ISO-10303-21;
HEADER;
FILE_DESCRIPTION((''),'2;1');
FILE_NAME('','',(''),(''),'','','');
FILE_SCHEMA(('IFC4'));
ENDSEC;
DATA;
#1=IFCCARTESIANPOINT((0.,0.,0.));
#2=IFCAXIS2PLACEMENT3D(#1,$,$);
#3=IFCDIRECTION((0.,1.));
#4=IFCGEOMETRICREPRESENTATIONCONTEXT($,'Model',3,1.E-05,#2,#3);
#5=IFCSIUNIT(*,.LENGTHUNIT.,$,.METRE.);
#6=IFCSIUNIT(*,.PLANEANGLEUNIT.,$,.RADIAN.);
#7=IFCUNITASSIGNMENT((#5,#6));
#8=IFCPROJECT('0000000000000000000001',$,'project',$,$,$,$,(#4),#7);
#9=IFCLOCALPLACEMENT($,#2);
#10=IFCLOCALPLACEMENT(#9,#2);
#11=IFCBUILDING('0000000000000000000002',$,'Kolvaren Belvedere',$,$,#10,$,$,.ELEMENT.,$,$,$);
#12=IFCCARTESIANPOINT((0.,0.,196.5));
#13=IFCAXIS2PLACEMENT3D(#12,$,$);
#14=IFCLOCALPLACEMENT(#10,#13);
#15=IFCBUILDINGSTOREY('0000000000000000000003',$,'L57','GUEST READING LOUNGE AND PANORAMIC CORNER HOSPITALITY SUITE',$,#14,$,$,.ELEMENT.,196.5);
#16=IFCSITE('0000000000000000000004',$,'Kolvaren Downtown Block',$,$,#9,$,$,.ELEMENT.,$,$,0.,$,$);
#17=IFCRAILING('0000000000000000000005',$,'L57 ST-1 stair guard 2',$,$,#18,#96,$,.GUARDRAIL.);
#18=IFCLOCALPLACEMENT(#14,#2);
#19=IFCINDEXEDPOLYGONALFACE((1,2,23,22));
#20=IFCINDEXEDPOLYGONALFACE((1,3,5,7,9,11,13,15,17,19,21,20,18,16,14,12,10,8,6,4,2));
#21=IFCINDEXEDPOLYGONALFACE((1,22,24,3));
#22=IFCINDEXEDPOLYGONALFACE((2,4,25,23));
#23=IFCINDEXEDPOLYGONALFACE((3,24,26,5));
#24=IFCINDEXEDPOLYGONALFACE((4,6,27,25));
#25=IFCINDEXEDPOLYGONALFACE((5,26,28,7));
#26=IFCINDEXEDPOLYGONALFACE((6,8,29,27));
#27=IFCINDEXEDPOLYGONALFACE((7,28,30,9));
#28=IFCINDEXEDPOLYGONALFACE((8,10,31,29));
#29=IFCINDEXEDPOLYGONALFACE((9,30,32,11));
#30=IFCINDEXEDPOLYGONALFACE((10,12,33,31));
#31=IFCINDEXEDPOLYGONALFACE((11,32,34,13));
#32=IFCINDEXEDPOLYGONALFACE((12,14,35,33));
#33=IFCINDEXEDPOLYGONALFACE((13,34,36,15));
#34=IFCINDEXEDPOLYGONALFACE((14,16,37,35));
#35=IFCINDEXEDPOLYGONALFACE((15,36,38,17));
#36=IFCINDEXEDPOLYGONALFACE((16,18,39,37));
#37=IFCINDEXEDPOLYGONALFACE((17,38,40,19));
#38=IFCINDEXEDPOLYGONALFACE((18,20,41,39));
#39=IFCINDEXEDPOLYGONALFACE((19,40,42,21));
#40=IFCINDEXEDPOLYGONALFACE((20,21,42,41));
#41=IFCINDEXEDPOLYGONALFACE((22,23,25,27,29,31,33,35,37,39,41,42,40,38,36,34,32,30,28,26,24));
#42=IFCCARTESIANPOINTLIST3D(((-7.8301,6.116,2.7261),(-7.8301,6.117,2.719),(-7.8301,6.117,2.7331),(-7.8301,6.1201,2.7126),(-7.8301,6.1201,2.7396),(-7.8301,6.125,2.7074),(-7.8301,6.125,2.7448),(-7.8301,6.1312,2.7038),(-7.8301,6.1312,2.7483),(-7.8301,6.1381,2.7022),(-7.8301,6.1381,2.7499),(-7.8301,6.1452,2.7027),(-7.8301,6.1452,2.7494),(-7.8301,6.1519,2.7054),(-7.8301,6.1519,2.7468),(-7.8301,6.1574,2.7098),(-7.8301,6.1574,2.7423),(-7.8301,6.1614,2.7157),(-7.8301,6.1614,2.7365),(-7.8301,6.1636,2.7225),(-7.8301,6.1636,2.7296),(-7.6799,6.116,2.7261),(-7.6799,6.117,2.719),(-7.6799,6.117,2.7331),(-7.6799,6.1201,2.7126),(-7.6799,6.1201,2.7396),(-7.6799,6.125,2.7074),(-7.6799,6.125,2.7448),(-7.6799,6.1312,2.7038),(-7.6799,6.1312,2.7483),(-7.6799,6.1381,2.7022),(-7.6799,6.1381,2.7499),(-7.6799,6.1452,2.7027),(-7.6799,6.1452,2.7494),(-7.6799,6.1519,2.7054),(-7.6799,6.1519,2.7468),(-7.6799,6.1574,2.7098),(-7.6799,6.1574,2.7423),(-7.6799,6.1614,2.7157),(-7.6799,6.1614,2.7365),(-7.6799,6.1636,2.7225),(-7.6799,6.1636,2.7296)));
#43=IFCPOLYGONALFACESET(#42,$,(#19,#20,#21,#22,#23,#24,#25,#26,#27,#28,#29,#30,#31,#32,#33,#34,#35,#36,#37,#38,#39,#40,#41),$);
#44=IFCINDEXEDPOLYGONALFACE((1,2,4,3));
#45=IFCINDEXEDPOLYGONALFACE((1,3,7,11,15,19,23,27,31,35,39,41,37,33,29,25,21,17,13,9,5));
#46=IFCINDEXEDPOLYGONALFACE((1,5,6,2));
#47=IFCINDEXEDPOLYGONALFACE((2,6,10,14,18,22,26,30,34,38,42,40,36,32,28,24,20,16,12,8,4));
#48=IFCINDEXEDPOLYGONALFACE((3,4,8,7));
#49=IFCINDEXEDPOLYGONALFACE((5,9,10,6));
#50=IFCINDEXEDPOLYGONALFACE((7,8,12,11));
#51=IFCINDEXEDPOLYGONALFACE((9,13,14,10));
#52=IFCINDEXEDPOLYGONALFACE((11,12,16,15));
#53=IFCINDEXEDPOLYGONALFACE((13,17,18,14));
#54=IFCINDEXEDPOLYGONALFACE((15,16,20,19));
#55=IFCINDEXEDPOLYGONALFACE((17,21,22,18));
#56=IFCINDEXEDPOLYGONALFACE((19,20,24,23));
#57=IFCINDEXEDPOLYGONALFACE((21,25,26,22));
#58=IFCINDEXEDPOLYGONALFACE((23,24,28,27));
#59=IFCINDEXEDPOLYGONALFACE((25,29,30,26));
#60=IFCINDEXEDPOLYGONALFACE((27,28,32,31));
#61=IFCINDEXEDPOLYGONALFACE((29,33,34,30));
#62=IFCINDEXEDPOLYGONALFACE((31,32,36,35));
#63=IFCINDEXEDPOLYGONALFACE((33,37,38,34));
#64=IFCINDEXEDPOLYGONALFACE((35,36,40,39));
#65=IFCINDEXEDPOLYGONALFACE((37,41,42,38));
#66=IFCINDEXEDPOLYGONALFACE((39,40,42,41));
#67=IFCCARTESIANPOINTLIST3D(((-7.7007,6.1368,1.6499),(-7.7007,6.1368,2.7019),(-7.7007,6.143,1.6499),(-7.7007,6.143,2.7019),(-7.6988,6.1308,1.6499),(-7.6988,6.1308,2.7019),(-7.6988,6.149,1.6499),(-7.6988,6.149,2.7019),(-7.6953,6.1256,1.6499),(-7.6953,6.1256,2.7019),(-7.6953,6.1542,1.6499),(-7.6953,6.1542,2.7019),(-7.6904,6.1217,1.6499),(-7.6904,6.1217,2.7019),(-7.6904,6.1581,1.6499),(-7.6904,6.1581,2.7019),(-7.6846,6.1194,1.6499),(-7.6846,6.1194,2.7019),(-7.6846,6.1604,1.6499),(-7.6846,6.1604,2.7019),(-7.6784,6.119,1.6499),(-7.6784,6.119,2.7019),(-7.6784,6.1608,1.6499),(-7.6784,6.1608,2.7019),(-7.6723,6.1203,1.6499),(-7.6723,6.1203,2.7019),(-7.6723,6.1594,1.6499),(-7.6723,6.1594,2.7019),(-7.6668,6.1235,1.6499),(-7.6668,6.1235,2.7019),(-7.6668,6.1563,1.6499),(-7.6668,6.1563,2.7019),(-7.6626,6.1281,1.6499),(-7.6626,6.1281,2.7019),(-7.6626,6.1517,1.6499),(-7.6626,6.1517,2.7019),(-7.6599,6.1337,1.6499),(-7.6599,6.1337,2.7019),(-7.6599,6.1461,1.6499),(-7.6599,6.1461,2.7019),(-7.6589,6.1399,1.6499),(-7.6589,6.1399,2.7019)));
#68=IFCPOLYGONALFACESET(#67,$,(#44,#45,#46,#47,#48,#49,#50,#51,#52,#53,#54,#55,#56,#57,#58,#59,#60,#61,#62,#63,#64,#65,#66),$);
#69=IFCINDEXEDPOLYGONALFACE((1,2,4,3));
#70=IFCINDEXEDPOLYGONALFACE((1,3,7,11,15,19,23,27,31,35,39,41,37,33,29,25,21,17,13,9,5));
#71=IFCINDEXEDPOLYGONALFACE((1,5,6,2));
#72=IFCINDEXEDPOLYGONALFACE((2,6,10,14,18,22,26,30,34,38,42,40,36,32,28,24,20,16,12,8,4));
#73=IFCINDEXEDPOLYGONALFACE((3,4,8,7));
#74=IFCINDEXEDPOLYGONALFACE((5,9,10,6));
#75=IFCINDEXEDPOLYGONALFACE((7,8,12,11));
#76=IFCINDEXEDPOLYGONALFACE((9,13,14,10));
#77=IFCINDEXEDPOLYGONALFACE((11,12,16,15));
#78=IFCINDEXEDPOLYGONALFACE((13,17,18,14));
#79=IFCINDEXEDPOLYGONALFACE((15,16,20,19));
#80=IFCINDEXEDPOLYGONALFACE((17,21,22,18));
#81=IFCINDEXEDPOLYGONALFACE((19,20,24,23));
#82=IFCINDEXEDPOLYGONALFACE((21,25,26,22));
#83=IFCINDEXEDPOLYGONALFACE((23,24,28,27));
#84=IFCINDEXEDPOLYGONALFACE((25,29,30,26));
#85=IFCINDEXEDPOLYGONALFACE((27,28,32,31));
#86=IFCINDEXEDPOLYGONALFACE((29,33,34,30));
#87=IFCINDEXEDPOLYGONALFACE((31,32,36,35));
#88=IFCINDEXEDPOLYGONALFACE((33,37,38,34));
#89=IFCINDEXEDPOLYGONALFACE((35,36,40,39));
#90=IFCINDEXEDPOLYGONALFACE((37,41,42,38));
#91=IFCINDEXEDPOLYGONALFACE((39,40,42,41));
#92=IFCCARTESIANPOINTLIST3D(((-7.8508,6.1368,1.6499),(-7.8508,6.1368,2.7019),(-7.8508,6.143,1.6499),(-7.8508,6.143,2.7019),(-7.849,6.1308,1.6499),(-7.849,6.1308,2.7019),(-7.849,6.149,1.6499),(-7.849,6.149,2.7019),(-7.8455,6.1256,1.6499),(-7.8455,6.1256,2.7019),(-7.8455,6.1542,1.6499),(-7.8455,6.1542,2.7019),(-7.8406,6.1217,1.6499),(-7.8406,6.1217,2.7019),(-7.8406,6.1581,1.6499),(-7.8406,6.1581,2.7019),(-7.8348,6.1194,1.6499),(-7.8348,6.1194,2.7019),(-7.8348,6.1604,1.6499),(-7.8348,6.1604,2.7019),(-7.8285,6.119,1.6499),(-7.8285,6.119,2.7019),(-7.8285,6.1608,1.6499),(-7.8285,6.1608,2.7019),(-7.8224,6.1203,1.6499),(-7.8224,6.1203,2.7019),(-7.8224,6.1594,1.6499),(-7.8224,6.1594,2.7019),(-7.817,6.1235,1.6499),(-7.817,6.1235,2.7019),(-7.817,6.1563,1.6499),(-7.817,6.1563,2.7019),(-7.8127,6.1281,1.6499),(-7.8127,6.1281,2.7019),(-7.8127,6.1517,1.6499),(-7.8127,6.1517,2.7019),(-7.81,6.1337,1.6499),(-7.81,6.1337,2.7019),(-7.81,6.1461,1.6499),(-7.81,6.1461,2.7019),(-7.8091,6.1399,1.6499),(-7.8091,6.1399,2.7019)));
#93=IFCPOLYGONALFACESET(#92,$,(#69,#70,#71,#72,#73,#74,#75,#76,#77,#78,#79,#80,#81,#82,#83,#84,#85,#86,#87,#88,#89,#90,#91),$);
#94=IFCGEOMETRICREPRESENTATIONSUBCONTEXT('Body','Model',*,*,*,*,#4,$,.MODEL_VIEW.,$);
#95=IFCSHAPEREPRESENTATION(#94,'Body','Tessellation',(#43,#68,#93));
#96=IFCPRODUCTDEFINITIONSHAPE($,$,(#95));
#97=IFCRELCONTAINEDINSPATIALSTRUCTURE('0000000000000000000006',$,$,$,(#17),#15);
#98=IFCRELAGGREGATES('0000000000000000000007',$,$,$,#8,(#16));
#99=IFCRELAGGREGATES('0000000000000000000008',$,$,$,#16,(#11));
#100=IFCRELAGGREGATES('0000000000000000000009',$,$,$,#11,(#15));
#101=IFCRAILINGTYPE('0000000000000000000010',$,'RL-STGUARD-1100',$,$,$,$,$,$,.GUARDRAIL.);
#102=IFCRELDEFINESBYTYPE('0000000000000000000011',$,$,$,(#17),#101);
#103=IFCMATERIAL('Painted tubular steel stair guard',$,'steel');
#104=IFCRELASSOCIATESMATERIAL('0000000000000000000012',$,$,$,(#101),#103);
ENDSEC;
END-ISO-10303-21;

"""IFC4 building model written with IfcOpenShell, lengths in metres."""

from ifc_helpers import new_model, si_unit, direction, frame, origin, origin_2d, place, context, subcontext, project, spatial, circle, extrude, material, type_object, element, save


model = new_model("IFC4")

# Units and contexts
model_context = context("Model", 3, precision=1e-05, world=origin(), true_north=direction((0.0, 1.0)))
body_context = subcontext(model_context, "Body", "Model", "MODEL_VIEW")
ifc_project = project(units=[si_unit("LENGTHUNIT", "METRE"), si_unit("PLANEANGLEUNIT", "RADIAN")], contexts=[model_context])

# Site, building, storey
site_placement = place(None, origin())
site = spatial("IfcSite", under=ifc_project, at=site_placement, Name="Kolvaren Downtown Block", CompositionType="ELEMENT", RefElevation=0.0)
building_placement = place(site_placement, origin())
building = spatial("IfcBuilding", under=site, at=building_placement, Name="Kolvaren Belvedere", CompositionType="ELEMENT")
storey_placement = place(building_placement, frame((0.0, 0.0, 196.5)))
storey = spatial("IfcBuildingStorey", under=building, at=storey_placement, Name="L57", Description="GUEST READING LOUNGE AND PANORAMIC CORNER HOSPITALITY SUITE", CompositionType="ELEMENT", Elevation=196.5)

# Railing
ifc_material_1 = material(Name="Painted tubular steel stair guard", Category="steel")
railing_type_1 = type_object("IfcRailingType", Name="RL-STGUARD-1100", PredefinedType="GUARDRAIL", material=ifc_material_1)
railing_1_placement = place(storey_placement, frame((-7.6799, 6.1399, 1.6499)))
element("IfcRailing", 1, at=railing_1_placement, inside=storey, type_object=railing_type_1, Name="L57 ST-1 stair guard 2", PredefinedType="GUARDRAIL", context=body_context, shape_type="SweptSolid", body=[
    extrude(circle(Radius=0.0239, at=origin_2d()), frame((0.0, 0.0, 1.0762), z_axis=(-1.0, 0.0, 0.0), x_axis=(0.0, -1.0, 0.0)), (0.0, 0.0, 1.0), 0.1501),
    extrude(circle(Radius=0.021, at=origin_2d()), origin(), (0.0, 0.0, 1.0), 1.052),
    extrude(circle(Radius=0.021, at=origin_2d()), frame((-0.1501, 0.0, 0.0)), (0.0, 0.0, 1.0), 1.052),
])

save(model, "model.ifc")
